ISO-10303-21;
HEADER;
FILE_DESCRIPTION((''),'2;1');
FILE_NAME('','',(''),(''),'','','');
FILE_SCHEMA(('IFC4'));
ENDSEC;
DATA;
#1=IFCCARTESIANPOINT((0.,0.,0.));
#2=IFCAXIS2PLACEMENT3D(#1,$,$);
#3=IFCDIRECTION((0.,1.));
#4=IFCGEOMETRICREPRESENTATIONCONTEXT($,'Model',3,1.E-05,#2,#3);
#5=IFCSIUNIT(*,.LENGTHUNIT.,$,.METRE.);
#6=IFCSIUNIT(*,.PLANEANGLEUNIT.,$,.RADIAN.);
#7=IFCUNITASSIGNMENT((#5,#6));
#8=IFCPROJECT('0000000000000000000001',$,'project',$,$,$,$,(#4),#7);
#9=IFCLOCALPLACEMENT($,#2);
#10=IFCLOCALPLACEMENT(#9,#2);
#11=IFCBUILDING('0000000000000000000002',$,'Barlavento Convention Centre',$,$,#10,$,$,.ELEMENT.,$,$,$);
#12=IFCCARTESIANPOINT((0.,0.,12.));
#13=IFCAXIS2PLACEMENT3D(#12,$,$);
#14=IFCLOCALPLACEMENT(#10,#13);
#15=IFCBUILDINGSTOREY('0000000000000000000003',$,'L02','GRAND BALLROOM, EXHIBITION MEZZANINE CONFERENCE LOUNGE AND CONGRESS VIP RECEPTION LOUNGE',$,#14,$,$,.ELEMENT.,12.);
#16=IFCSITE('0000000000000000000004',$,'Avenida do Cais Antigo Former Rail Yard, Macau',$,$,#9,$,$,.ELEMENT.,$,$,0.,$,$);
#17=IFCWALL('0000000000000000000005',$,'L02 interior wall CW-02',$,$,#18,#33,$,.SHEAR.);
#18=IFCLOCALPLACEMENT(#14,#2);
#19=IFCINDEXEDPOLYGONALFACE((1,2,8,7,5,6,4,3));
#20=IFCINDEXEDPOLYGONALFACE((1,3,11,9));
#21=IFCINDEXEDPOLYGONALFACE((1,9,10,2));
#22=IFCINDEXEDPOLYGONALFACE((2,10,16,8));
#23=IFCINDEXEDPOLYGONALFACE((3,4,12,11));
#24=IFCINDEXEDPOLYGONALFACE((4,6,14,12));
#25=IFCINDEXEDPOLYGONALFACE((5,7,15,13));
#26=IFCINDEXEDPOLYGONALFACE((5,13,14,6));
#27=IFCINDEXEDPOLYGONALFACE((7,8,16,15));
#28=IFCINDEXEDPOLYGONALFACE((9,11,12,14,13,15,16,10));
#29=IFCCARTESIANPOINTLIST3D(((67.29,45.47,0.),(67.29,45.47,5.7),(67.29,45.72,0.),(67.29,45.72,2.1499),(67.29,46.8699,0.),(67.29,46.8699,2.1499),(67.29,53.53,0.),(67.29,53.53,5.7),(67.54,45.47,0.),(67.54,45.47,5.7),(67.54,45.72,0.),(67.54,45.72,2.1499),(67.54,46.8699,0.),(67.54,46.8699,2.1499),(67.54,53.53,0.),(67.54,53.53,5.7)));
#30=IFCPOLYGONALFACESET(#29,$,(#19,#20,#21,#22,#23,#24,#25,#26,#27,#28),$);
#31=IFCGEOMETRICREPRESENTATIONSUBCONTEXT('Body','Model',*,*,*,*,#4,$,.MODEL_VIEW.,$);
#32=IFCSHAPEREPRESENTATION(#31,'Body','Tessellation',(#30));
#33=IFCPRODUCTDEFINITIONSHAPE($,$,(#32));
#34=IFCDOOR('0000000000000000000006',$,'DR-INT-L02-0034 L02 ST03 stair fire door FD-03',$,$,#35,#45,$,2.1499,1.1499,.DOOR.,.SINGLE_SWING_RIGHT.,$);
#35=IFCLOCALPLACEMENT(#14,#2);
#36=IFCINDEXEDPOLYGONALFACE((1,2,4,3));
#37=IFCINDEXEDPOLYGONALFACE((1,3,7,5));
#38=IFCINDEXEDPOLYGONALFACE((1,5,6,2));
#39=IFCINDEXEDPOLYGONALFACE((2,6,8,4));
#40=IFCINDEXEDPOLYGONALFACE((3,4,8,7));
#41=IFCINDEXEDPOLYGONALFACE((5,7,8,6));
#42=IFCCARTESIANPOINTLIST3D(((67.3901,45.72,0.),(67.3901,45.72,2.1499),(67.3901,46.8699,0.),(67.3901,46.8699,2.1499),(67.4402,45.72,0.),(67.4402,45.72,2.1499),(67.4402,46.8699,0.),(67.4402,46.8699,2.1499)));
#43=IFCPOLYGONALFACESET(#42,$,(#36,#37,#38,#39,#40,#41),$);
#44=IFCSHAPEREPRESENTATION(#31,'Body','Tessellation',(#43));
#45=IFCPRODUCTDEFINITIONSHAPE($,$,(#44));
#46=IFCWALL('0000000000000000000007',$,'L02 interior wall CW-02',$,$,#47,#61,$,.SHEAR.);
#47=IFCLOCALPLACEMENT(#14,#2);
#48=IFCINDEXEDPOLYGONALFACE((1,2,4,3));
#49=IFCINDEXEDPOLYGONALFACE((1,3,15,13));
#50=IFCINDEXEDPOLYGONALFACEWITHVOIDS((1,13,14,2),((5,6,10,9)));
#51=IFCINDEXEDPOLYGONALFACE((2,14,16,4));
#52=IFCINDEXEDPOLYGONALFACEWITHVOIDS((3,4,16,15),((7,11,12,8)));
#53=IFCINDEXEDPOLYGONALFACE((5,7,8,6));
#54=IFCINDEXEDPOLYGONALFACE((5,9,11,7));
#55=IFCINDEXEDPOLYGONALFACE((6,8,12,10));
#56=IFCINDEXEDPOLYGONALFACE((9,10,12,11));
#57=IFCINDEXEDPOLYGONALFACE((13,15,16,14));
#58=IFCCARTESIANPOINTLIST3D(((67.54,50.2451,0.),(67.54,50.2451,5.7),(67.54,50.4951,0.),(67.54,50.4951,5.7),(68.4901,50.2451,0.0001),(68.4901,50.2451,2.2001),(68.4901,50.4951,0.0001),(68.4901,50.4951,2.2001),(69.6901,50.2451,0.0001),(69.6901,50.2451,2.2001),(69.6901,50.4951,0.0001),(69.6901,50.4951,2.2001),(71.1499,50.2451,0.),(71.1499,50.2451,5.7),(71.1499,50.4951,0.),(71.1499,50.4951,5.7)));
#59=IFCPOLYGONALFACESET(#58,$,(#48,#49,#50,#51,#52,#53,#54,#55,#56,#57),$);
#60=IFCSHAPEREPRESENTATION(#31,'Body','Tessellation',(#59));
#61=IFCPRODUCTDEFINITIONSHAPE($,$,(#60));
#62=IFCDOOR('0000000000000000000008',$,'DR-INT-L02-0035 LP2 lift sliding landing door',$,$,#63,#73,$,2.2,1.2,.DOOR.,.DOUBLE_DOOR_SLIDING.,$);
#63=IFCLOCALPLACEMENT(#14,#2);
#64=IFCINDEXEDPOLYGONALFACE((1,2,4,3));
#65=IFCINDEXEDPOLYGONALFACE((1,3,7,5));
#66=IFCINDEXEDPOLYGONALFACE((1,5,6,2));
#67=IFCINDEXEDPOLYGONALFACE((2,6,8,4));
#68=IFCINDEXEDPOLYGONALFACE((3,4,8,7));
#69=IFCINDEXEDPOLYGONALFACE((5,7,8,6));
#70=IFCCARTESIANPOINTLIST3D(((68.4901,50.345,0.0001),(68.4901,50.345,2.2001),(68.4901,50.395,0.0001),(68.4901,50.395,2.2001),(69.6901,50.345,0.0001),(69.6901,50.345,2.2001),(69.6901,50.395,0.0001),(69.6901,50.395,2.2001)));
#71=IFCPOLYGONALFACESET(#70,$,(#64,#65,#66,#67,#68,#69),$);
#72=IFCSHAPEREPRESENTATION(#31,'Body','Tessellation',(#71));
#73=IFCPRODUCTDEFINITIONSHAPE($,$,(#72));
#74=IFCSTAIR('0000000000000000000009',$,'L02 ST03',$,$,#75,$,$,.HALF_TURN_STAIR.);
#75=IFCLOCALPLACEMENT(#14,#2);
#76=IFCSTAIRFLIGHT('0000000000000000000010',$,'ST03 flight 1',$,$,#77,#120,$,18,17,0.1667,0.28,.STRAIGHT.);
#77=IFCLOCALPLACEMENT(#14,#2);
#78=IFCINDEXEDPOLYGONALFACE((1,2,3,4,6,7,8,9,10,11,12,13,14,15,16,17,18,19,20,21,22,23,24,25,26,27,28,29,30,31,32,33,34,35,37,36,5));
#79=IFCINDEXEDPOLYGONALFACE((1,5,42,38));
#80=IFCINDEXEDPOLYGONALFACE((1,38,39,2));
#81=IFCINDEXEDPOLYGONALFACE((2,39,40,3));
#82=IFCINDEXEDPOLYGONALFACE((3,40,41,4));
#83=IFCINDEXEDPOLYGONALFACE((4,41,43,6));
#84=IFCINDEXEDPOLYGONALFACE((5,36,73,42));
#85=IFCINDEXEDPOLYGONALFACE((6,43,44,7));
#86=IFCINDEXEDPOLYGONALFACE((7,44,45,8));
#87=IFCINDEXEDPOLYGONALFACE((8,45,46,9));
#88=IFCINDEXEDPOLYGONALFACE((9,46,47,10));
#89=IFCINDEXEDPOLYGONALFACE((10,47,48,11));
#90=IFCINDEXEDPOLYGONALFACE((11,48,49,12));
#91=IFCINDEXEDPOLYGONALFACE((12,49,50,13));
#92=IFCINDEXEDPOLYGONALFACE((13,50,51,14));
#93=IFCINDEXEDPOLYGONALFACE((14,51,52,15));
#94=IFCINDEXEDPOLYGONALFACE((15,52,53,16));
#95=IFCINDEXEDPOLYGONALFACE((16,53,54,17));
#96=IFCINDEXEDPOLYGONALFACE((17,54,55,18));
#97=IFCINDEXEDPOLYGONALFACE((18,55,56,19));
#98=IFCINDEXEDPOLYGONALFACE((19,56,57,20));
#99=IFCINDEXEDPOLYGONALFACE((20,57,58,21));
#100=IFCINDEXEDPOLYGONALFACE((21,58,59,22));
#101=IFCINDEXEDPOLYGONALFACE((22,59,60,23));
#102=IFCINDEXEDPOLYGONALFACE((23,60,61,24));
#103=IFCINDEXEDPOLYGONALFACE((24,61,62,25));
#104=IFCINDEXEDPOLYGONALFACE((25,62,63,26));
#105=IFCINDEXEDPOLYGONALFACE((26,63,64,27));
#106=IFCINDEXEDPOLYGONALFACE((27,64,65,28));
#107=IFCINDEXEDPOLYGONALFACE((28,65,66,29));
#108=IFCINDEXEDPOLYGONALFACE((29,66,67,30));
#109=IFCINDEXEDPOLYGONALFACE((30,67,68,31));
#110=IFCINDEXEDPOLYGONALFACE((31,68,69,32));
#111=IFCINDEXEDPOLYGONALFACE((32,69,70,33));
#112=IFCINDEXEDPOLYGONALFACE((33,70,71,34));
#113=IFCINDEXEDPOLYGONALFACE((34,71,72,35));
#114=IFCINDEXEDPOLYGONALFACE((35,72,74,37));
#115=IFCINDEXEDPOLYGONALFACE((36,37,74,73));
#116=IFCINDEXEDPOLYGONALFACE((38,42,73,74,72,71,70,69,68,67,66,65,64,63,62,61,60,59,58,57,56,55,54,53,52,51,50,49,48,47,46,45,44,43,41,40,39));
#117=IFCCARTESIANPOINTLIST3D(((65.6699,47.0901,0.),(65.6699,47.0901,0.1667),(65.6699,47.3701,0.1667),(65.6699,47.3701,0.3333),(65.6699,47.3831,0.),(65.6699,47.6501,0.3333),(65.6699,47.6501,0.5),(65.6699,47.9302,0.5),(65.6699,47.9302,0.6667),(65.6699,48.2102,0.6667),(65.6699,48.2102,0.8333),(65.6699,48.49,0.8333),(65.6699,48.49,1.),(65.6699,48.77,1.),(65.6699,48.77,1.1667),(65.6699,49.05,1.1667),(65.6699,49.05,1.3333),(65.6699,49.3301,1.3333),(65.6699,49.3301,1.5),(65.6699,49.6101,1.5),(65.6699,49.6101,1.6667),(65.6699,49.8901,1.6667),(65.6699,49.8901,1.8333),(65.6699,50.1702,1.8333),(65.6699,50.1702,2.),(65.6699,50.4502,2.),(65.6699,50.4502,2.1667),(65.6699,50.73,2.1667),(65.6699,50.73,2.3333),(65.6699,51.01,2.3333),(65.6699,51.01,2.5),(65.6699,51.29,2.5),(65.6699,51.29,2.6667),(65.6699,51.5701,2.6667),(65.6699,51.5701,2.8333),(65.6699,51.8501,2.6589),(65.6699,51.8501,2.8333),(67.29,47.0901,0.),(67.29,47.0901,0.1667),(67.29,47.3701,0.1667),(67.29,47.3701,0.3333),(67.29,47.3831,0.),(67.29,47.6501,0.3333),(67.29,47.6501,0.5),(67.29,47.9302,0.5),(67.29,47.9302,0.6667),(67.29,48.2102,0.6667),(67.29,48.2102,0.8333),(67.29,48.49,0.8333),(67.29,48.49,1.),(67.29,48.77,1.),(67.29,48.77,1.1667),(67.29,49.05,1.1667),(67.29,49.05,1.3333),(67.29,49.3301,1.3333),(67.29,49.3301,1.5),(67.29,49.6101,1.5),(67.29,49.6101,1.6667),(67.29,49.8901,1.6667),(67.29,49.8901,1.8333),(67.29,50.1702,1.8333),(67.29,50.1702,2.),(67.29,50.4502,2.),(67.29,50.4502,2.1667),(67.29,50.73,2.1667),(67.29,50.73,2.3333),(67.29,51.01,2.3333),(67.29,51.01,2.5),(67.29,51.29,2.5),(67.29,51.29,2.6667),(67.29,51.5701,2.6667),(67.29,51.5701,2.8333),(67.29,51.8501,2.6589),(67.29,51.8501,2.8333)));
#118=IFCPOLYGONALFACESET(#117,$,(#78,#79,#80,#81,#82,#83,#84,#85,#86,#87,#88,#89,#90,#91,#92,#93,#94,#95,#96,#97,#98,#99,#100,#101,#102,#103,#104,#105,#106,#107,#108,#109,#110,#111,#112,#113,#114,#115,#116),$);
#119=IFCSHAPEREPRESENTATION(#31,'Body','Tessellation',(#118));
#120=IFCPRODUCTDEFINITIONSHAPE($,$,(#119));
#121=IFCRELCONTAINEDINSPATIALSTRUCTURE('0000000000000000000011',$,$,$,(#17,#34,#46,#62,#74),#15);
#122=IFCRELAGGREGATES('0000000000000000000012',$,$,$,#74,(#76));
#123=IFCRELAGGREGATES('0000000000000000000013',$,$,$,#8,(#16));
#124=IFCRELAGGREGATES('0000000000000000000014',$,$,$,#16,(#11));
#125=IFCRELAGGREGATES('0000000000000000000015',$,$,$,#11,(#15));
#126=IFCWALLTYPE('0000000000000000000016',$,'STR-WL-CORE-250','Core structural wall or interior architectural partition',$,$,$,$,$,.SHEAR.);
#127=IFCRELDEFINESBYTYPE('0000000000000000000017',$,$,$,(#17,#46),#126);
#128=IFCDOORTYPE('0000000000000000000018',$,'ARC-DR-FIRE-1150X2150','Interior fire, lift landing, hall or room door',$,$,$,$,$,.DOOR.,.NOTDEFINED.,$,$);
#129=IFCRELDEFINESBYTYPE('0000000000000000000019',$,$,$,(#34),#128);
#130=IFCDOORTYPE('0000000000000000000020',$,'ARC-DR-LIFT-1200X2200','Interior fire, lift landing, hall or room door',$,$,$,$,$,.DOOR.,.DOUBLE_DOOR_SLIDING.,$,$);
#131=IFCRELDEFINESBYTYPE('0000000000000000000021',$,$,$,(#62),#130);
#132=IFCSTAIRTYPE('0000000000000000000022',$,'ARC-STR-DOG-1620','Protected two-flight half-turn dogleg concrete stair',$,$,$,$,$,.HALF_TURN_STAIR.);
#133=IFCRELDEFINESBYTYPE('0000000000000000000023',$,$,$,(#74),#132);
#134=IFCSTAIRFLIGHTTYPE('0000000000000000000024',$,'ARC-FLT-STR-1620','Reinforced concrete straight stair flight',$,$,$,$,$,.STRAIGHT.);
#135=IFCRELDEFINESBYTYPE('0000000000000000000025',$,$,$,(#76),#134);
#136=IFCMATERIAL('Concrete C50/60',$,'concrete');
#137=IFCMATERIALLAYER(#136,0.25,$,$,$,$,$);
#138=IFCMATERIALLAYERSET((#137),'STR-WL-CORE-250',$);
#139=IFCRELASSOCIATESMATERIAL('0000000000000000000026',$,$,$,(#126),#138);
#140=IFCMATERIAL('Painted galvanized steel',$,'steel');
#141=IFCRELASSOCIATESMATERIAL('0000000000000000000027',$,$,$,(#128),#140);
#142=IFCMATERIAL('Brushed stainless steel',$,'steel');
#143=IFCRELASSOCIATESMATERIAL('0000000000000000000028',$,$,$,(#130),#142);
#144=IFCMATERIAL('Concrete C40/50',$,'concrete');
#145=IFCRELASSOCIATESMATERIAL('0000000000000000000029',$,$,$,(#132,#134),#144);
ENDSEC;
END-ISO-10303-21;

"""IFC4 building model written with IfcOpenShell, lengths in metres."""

from ifc_helpers import new_model, si_unit, direction, frame, frame_2d, origin, place, context, subcontext, project, spatial, polyline, rectangle, outline, extrude, material, layer, layer_set, type_object, element, fill, aggregate, save


model = new_model("IFC4")

# Units and contexts
model_context = context("Model", 3, precision=1e-05, world=origin(), true_north=direction((0.0, 1.0)))
body_context = subcontext(model_context, "Body", "Model", "MODEL_VIEW")
ifc_project = project(units=[si_unit("LENGTHUNIT", "METRE"), si_unit("PLANEANGLEUNIT", "RADIAN")], contexts=[model_context])

# Site, building, storey
site_placement = place(None, origin())
site = spatial("IfcSite", under=ifc_project, at=site_placement, Name="Avenida do Cais Antigo Former Rail Yard, Macau", CompositionType="ELEMENT", RefElevation=0.0)
building_placement = place(site_placement, origin())
building = spatial("IfcBuilding", under=site, at=building_placement, Name="Barlavento Convention Centre", CompositionType="ELEMENT")
storey_placement = place(building_placement, frame((0.0, 0.0, 12.0)))
storey = spatial("IfcBuildingStorey", under=building, at=storey_placement, Name="L02", Description="GRAND BALLROOM, EXHIBITION MEZZANINE CONFERENCE LOUNGE AND CONGRESS VIP RECEPTION LOUNGE", CompositionType="ELEMENT", Elevation=12.0)

# Walls, openings, doors
ifc_material_1 = material(Name="Concrete C50/60", Category="concrete")
ifc_layer = layer(ifc_material_1, 0.25)
ifc_layer_set = layer_set([ifc_layer], Name="STR-WL-CORE-250")
wall_type = type_object("IfcWallType", Name="STR-WL-CORE-250", Description="Core structural wall or interior architectural partition", PredefinedType="SHEAR", material=ifc_layer_set)
ifc_material_2 = material(Name="Painted galvanized steel", Category="steel")
wall_1_placement = place(storey_placement, frame((67.415, 45.47, 0.0), z_axis=(0.0, 0.0, 1.0), x_axis=(0.0, 1.0, 0.0)))
wall_1 = element("IfcWall", 1, at=wall_1_placement, inside=storey, type_object=wall_type, Name="L02 interior wall CW-02", PredefinedType="SHEAR", context=body_context, shape_type="SweptSolid", body=[
    extrude(rectangle(XDim=8.0601, YDim=0.25, at=frame_2d((4.03, 0.0))), origin(), (0.0, 0.0, 1.0), 5.7),
])
opening_1_placement = place(wall_1_placement, frame((0.25, 0.0, 0.0)))
opening_1 = element("IfcOpeningElement", 2, at=opening_1_placement, cuts=wall_1, PredefinedType="OPENING", context=body_context, shape_type="SweptSolid", body=[
    extrude(rectangle(XDim=1.1499, YDim=2.1499, at=frame_2d((0.575, 1.075))), frame((0.0, 0.135, 0.0), z_axis=(0.0, -1.0, 0.0), x_axis=(1.0, 0.0, 0.0)), (0.0, 0.0, 1.0), 0.27),
])
door_type_1 = type_object("IfcDoorType", Name="ARC-DR-FIRE-1150X2150", Description="Interior fire, lift landing, hall or room door", OperationType="NOTDEFINED", PredefinedType="DOOR", material=ifc_material_2)
door_1_placement = place(opening_1_placement, origin())
door_1 = element("IfcDoor", 3, at=door_1_placement, inside=storey, type_object=door_type_1, Name="DR-INT-L02-0034 L02 ST03 stair fire door FD-03", OperationType="SINGLE_SWING_RIGHT", OverallHeight=2.1499, OverallWidth=1.1499, PredefinedType="DOOR", context=body_context, shape_type="SweptSolid", body=[
    extrude(rectangle(XDim=1.1499, YDim=2.1499, at=frame_2d((0.575, 1.075))), frame((0.0, 0.0249, 0.0), z_axis=(0.0, -1.0, 0.0), x_axis=(1.0, 0.0, 0.0)), (0.0, 0.0, 1.0), 0.05),
])
fill(opening_1, door_1)
wall_2_placement = place(storey_placement, frame((67.54, 50.3701, 0.0), z_axis=(0.0, 0.0, 1.0), x_axis=(1.0, 0.0, 0.0)))
wall_2 = element("IfcWall", 4, at=wall_2_placement, inside=storey, type_object=wall_type, Name="L02 interior wall CW-02", PredefinedType="SHEAR", context=body_context, shape_type="SweptSolid", body=[
    extrude(rectangle(XDim=3.6099, YDim=0.25, at=frame_2d((1.8049, 0.0))), origin(), (0.0, 0.0, 1.0), 5.7),
])
opening_2_placement = place(wall_2_placement, frame((0.95, 0.0, 0.0)))
opening_2 = element("IfcOpeningElement", 5, at=opening_2_placement, cuts=wall_2, PredefinedType="OPENING", context=body_context, shape_type="SweptSolid", body=[
    extrude(rectangle(XDim=1.2, YDim=2.2, at=frame_2d((0.6001, 1.1001))), frame((0.0, 0.135, 0.0), z_axis=(0.0, -1.0, 0.0), x_axis=(1.0, 0.0, 0.0)), (0.0, 0.0, 1.0), 0.27),
])
ifc_material_3 = material(Name="Brushed stainless steel", Category="steel")
door_type_2 = type_object("IfcDoorType", Name="ARC-DR-LIFT-1200X2200", Description="Interior fire, lift landing, hall or room door", OperationType="DOUBLE_DOOR_SLIDING", PredefinedType="DOOR", material=ifc_material_3)
door_2_placement = place(opening_2_placement, origin())
door_2 = element("IfcDoor", 6, at=door_2_placement, inside=storey, type_object=door_type_2, Name="DR-INT-L02-0035 LP2 lift sliding landing door", OperationType="DOUBLE_DOOR_SLIDING", OverallHeight=2.2, OverallWidth=1.2, PredefinedType="DOOR", context=body_context, shape_type="SweptSolid", body=[
    extrude(rectangle(XDim=1.2, YDim=2.2, at=frame_2d((0.6001, 1.1001))), frame((0.0, 0.0249, 0.0), z_axis=(0.0, -1.0, 0.0), x_axis=(1.0, 0.0, 0.0)), (0.0, 0.0, 1.0), 0.05),
])
fill(opening_2, door_2)

# Stair, stair flight
ifc_material_4 = material(Name="Concrete C40/50", Category="concrete")
stair_type = type_object("IfcStairType", Name="ARC-STR-DOG-1620", Description="Protected two-flight half-turn dogleg concrete stair", PredefinedType="HALF_TURN_STAIR", material=ifc_material_4)
stair_placement = place(storey_placement, origin())
stair = element("IfcStair", 7, at=stair_placement, inside=storey, type_object=stair_type, Name="L02 ST03", PredefinedType="HALF_TURN_STAIR")
stair_flight_type = type_object("IfcStairFlightType", Name="ARC-FLT-STR-1620", Description="Reinforced concrete straight stair flight", PredefinedType="STRAIGHT", material=ifc_material_4)
stair_flight_placement = place(storey_placement, frame((66.48, 47.0901, 0.0), z_axis=(0.0, 0.0, 1.0), x_axis=(0.0, 1.0, 0.0)))
stair_flight = element("IfcStairFlight", 8, at=stair_flight_placement, type_object=stair_flight_type, Name="ST03 flight 1", NumberOfRisers=18, NumberOfTreads=17, PredefinedType="STRAIGHT", RiserHeight=0.1667, TreadLength=0.28, context=body_context, shape_type="SweptSolid", body=[
    extrude(outline(polyline([(0.0, 0.0), (0.0, 0.1667), (0.28, 0.1667), (0.28, 0.3333), (0.5601, 0.3333), (0.5601, 0.5), (0.8401, 0.5), (0.8401, 0.6667), (1.1201, 0.6667), (1.1201, 0.8333), (1.3999, 0.8333), (1.3999, 1.0), (1.6799, 1.0), (1.6799, 1.1667), (1.96, 1.1667), (1.96, 1.3333), (2.24, 1.3333), (2.24, 1.5), (2.52, 1.5), (2.52, 1.6667), (2.8, 1.6667), (2.8, 1.8333), (3.0801, 1.8333), (3.0801, 2.0), (3.3601, 2.0), (3.3601, 2.1667), (3.6399, 2.1667), (3.6399, 2.3333), (3.9199, 2.3333), (3.9199, 2.5), (4.2, 2.5), (4.2, 2.6667), (4.48, 2.6667), (4.48, 2.8333), (4.76, 2.8333), (4.76, 3.0), (4.76, 2.6589), (0.293, 0.0), (0.0, 0.0)])), frame((0.0, 0.8101, 0.0), z_axis=(0.0, -1.0, 0.0), x_axis=(1.0, 0.0, 0.0)), (0.0, 0.0, 1.0), 1.6201),
])
aggregate(stair, [stair_flight])

save(model, "model.ifc")
